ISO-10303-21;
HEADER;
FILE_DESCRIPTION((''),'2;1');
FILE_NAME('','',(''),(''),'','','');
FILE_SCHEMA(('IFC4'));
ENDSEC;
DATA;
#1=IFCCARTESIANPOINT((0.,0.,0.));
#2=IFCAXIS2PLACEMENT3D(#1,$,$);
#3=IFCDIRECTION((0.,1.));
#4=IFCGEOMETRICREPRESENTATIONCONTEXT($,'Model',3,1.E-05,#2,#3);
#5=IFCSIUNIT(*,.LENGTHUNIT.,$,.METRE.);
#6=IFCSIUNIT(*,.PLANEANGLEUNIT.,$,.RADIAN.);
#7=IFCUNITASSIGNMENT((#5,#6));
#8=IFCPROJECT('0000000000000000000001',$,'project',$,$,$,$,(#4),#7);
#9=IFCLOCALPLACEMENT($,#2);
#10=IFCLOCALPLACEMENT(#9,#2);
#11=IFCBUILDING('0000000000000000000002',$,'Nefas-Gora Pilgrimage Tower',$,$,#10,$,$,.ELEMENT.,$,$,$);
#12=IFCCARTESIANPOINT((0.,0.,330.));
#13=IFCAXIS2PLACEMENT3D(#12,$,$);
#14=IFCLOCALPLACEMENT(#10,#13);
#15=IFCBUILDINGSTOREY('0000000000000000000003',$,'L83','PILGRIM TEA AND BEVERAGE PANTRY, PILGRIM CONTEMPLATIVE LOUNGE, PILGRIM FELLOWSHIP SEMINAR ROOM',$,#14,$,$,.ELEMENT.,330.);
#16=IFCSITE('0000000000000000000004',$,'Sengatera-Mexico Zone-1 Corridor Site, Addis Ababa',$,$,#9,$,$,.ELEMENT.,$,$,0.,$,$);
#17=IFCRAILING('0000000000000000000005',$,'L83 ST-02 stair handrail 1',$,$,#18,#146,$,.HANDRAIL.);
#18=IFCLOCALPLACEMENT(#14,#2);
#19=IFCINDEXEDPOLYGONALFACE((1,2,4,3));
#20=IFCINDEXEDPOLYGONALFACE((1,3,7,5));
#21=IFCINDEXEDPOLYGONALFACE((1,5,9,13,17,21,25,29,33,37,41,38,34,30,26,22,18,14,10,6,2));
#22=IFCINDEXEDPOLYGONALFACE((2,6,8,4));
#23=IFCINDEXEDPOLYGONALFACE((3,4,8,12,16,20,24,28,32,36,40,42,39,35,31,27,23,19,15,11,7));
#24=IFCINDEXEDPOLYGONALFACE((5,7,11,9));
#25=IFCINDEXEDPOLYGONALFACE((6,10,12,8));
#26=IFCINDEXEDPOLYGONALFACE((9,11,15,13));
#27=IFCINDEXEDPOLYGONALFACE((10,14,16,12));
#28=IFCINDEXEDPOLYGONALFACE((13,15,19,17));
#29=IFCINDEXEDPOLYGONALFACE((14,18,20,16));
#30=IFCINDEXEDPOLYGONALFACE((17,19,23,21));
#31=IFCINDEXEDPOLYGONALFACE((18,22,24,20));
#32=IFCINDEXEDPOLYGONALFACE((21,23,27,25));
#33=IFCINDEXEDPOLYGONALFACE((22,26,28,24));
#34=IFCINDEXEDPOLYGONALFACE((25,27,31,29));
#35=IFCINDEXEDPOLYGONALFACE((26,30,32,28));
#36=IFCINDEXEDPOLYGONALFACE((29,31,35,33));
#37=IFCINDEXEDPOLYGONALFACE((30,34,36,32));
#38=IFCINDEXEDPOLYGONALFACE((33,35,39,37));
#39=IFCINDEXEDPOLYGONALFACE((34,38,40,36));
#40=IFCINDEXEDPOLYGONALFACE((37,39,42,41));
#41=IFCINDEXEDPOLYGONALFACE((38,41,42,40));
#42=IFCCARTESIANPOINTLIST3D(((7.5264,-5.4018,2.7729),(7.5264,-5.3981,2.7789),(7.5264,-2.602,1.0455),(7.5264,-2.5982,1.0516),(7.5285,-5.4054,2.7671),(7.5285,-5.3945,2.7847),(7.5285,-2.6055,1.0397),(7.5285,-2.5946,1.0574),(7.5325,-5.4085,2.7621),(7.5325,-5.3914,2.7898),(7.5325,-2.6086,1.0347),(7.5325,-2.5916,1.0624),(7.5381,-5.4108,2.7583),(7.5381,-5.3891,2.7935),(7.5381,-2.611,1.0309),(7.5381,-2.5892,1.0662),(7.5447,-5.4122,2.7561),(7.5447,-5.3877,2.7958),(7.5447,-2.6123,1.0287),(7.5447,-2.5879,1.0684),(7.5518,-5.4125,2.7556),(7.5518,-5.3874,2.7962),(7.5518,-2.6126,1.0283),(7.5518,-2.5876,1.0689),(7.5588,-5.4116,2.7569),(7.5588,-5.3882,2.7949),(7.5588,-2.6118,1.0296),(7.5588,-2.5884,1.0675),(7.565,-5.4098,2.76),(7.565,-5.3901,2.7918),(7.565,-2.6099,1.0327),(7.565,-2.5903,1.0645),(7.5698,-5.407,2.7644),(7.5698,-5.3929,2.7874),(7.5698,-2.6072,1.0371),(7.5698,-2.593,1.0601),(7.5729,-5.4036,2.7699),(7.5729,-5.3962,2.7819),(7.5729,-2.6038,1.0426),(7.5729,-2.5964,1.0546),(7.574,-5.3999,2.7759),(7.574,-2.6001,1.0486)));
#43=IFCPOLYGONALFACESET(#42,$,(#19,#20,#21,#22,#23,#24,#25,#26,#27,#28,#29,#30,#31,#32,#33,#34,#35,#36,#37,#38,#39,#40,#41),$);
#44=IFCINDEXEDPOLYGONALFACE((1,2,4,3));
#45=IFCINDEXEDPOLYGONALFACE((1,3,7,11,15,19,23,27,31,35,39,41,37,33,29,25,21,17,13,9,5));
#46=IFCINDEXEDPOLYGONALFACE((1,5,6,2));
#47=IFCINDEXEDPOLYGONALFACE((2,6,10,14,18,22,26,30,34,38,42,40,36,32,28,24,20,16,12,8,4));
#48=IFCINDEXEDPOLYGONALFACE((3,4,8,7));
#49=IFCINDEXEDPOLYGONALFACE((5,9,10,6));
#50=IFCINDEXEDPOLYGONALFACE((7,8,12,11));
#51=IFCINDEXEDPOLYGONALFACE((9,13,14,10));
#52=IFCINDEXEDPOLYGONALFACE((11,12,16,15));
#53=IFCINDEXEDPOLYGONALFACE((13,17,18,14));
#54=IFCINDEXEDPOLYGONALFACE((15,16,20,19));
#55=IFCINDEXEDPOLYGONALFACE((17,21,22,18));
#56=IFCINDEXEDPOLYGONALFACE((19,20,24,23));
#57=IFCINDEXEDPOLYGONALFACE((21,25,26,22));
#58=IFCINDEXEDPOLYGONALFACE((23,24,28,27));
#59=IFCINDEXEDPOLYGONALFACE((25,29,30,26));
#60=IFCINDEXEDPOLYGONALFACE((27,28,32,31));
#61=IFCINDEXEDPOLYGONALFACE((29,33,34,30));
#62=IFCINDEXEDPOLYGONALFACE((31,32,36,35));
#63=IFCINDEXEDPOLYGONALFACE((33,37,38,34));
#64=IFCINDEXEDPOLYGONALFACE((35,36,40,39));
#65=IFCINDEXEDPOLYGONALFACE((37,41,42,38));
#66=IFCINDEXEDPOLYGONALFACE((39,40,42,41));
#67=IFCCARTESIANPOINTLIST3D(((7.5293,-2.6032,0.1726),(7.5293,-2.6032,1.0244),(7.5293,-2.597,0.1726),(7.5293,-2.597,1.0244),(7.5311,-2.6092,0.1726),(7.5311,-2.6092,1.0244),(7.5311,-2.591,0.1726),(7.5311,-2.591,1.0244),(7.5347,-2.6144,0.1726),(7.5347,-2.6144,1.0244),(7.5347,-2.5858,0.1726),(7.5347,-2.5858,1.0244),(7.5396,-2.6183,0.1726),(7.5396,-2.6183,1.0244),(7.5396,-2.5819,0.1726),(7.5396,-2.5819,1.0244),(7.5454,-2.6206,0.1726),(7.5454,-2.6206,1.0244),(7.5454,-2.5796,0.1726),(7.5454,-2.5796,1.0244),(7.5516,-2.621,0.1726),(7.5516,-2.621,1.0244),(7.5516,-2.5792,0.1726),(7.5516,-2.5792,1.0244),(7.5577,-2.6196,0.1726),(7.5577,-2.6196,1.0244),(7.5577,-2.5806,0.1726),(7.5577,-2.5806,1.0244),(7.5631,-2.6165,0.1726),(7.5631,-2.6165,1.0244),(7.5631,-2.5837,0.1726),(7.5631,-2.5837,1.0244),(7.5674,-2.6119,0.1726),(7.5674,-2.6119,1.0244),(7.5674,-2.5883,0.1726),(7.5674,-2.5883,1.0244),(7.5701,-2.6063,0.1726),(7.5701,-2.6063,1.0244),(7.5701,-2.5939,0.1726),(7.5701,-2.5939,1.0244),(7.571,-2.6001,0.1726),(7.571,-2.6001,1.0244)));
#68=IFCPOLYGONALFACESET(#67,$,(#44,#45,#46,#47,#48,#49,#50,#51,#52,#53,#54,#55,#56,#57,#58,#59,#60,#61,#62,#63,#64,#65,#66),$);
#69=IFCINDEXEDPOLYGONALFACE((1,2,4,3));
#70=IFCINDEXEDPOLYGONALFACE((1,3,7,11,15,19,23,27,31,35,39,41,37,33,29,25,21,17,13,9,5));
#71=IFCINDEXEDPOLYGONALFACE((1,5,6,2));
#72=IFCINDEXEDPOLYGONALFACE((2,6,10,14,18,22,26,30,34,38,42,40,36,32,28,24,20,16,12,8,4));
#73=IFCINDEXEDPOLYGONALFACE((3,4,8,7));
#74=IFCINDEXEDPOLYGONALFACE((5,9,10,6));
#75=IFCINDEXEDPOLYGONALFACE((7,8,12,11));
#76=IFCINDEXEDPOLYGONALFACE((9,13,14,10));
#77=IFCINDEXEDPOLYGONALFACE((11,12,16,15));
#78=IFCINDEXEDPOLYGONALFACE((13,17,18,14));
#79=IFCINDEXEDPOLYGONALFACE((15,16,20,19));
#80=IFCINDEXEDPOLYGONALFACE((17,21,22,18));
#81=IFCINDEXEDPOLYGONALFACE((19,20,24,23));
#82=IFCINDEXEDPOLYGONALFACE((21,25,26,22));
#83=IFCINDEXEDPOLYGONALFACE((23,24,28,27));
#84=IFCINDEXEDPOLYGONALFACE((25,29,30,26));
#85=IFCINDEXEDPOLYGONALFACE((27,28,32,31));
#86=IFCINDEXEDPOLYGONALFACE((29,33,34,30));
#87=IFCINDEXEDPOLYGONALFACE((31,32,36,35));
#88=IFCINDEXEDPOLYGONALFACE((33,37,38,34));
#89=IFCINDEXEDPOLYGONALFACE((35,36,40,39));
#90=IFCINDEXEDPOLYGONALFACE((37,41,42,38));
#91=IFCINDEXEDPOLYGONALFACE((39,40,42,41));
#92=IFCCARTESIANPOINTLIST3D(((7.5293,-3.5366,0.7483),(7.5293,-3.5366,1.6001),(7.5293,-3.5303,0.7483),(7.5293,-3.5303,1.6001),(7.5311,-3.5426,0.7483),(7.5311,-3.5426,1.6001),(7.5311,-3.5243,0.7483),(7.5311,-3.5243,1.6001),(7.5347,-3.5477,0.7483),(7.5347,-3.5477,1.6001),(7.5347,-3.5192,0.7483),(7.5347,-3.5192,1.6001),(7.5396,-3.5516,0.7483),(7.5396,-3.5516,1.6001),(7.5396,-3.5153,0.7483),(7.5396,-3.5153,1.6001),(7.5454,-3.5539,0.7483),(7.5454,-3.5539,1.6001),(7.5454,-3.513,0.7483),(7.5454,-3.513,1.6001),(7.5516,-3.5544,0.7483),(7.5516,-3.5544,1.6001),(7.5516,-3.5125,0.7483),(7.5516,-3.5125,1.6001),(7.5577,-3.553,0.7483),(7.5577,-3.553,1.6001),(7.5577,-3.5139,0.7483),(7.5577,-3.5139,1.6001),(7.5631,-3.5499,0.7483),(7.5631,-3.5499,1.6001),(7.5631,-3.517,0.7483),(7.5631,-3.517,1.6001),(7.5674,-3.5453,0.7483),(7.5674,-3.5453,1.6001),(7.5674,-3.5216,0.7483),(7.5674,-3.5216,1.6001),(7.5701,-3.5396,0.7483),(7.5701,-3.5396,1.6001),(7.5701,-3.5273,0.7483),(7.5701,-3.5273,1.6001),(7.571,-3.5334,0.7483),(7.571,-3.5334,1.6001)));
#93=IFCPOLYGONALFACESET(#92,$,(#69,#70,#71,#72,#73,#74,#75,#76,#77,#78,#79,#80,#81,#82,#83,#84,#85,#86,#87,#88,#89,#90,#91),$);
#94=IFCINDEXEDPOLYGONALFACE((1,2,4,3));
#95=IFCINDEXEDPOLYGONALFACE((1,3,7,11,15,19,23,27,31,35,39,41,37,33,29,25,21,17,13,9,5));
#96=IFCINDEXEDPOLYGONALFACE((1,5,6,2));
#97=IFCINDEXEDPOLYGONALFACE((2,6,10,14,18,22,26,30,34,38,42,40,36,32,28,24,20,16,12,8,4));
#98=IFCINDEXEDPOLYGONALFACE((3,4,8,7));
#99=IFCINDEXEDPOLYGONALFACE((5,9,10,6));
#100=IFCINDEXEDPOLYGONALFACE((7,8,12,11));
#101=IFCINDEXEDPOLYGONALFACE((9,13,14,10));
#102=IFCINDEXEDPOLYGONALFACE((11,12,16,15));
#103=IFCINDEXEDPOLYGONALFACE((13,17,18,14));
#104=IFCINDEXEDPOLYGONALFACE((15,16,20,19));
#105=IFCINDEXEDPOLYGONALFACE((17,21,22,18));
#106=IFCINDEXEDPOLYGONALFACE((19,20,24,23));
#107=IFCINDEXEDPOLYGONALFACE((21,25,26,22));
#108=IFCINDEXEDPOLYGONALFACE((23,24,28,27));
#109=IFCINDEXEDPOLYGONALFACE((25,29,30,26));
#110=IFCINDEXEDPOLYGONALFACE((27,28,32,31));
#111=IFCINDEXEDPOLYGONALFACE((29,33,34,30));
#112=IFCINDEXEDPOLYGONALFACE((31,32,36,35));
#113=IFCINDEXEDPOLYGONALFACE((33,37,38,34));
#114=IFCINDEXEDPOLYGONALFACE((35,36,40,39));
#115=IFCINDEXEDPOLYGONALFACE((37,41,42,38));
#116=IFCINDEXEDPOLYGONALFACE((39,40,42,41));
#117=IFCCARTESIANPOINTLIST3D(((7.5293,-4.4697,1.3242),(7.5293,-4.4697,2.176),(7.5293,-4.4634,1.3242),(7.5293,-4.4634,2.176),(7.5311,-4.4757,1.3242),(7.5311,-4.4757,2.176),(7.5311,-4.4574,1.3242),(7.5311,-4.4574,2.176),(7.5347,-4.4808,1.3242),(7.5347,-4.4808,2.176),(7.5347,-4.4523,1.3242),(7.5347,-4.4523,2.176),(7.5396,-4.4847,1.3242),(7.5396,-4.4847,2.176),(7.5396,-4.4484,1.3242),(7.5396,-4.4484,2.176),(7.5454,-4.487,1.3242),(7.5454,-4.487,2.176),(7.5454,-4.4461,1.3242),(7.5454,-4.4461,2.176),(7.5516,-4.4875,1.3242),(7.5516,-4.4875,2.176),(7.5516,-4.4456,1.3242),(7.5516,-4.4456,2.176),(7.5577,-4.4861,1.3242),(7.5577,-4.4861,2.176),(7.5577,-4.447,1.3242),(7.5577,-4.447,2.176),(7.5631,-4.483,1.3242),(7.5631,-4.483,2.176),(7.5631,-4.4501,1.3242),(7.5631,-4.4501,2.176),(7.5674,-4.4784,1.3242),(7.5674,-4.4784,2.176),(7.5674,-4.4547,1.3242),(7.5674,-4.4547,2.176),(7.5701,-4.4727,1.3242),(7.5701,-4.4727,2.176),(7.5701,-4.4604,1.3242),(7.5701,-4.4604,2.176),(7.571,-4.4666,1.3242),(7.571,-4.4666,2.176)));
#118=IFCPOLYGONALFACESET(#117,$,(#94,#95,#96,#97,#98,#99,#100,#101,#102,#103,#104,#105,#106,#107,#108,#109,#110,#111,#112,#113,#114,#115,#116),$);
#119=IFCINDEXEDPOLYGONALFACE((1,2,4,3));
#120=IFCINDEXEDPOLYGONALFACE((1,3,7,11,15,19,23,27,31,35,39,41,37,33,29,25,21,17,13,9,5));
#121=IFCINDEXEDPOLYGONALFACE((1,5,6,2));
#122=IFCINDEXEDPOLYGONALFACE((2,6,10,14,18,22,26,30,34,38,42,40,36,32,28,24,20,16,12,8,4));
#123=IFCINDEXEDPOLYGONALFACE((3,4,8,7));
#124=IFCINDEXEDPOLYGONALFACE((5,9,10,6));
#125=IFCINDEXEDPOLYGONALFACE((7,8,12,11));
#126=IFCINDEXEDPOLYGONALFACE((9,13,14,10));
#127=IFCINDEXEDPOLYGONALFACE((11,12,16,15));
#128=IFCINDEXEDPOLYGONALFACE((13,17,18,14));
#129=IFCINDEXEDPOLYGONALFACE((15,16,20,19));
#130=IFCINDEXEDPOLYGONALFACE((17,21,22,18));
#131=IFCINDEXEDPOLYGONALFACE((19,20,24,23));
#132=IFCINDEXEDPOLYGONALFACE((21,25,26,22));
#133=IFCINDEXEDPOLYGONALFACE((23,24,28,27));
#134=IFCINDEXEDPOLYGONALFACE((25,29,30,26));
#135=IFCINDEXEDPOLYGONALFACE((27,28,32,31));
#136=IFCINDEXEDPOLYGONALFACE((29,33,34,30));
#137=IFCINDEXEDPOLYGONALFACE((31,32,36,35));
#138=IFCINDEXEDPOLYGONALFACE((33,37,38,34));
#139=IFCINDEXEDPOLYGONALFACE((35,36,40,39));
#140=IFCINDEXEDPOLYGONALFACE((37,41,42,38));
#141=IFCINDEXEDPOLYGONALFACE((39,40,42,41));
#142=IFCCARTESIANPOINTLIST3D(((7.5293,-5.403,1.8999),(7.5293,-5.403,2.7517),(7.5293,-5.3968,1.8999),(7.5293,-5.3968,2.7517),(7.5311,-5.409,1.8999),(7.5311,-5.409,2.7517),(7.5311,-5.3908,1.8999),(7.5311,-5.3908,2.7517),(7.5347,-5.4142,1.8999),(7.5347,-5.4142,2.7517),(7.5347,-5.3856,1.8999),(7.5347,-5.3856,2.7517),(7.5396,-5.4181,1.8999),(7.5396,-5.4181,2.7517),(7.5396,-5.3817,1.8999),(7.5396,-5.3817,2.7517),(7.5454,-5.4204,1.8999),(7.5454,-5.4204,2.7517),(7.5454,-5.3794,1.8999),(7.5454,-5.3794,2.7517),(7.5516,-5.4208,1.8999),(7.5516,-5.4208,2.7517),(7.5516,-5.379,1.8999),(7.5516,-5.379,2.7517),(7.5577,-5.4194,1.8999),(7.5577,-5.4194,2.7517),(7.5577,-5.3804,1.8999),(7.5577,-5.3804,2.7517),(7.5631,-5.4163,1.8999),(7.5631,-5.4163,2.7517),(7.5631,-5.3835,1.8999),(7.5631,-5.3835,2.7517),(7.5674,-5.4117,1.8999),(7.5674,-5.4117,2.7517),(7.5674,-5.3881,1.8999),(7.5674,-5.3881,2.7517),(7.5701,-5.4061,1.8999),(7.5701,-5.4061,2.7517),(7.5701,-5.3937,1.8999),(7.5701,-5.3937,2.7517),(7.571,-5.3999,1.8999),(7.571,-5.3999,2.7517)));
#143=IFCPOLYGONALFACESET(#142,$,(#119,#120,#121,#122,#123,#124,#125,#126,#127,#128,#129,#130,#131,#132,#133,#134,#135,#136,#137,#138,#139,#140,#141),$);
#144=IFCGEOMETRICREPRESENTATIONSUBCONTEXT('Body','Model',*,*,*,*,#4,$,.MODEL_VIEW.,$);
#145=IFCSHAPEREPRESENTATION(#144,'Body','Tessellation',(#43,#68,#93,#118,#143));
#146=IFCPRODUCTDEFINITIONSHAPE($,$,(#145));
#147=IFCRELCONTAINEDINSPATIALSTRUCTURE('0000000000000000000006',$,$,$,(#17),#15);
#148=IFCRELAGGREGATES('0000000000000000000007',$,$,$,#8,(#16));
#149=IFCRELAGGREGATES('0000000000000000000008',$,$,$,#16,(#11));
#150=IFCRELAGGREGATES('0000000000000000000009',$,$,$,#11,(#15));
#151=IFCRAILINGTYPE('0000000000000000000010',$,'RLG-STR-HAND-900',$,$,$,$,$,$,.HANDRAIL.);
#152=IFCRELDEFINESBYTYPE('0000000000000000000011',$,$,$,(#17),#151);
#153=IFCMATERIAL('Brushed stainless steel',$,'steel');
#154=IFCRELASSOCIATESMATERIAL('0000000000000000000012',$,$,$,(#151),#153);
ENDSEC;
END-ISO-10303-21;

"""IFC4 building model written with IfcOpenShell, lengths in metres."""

from ifc_helpers import new_model, si_unit, direction, frame, origin, origin_2d, place, context, subcontext, project, spatial, circle, extrude, material, type_object, element, save


model = new_model("IFC4")

# Units and contexts
model_context = context("Model", 3, precision=1e-05, world=origin(), true_north=direction((0.0, 1.0)))
body_context = subcontext(model_context, "Body", "Model", "MODEL_VIEW")
ifc_project = project(units=[si_unit("LENGTHUNIT", "METRE"), si_unit("PLANEANGLEUNIT", "RADIAN")], contexts=[model_context])

# Site, building, storey
site_placement = place(None, origin())
site = spatial("IfcSite", under=ifc_project, at=site_placement, Name="Sengatera-Mexico Zone-1 Corridor Site, Addis Ababa", CompositionType="ELEMENT", RefElevation=0.0)
building_placement = place(site_placement, origin())
building = spatial("IfcBuilding", under=site, at=building_placement, Name="Nefas-Gora Pilgrimage Tower", CompositionType="ELEMENT")
storey_placement = place(building_placement, frame((0.0, 0.0, 330.0)))
storey = spatial("IfcBuildingStorey", under=building, at=storey_placement, Name="L83", Description="PILGRIM TEA AND BEVERAGE PANTRY, PILGRIM CONTEMPLATIVE LOUNGE, PILGRIM FELLOWSHIP SEMINAR ROOM", CompositionType="ELEMENT", Elevation=330.0)

# Railing
ifc_material_1 = material(Name="Brushed stainless steel", Category="steel")
railing_type_1 = type_object("IfcRailingType", Name="RLG-STR-HAND-900", PredefinedType="HANDRAIL", material=ifc_material_1)
railing_1_placement = place(storey_placement, frame((7.55, -2.6001, 0.1726)))
element("IfcRailing", 1, at=railing_1_placement, inside=storey, type_object=railing_type_1, Name="L83 ST-02 stair handrail 1", PredefinedType="HANDRAIL", context=body_context, shape_type="SweptSolid", body=[
    extrude(circle(Radius=0.0239, at=origin_2d()), frame((0.0, 0.0, 0.876), z_axis=(0.0, -0.851069, 0.525054), x_axis=(1.0, 0.0, 0.0)), (0.0, 0.0, 1.0), 3.2898),
    extrude(circle(Radius=0.021, at=origin_2d()), origin(), (0.0, 0.0, 1.0), 0.8518),
    extrude(circle(Radius=0.021, at=origin_2d()), frame((0.0, -0.9333, 0.5757)), (0.0, 0.0, 1.0), 0.8518),
    extrude(circle(Radius=0.021, at=origin_2d()), frame((0.0, -1.8665, 1.1516)), (0.0, 0.0, 1.0), 0.8518),
    extrude(circle(Radius=0.021, at=origin_2d()), frame((0.0, -2.7998, 1.7273)), (0.0, 0.0, 1.0), 0.8518),
])

save(model, "model.ifc")
